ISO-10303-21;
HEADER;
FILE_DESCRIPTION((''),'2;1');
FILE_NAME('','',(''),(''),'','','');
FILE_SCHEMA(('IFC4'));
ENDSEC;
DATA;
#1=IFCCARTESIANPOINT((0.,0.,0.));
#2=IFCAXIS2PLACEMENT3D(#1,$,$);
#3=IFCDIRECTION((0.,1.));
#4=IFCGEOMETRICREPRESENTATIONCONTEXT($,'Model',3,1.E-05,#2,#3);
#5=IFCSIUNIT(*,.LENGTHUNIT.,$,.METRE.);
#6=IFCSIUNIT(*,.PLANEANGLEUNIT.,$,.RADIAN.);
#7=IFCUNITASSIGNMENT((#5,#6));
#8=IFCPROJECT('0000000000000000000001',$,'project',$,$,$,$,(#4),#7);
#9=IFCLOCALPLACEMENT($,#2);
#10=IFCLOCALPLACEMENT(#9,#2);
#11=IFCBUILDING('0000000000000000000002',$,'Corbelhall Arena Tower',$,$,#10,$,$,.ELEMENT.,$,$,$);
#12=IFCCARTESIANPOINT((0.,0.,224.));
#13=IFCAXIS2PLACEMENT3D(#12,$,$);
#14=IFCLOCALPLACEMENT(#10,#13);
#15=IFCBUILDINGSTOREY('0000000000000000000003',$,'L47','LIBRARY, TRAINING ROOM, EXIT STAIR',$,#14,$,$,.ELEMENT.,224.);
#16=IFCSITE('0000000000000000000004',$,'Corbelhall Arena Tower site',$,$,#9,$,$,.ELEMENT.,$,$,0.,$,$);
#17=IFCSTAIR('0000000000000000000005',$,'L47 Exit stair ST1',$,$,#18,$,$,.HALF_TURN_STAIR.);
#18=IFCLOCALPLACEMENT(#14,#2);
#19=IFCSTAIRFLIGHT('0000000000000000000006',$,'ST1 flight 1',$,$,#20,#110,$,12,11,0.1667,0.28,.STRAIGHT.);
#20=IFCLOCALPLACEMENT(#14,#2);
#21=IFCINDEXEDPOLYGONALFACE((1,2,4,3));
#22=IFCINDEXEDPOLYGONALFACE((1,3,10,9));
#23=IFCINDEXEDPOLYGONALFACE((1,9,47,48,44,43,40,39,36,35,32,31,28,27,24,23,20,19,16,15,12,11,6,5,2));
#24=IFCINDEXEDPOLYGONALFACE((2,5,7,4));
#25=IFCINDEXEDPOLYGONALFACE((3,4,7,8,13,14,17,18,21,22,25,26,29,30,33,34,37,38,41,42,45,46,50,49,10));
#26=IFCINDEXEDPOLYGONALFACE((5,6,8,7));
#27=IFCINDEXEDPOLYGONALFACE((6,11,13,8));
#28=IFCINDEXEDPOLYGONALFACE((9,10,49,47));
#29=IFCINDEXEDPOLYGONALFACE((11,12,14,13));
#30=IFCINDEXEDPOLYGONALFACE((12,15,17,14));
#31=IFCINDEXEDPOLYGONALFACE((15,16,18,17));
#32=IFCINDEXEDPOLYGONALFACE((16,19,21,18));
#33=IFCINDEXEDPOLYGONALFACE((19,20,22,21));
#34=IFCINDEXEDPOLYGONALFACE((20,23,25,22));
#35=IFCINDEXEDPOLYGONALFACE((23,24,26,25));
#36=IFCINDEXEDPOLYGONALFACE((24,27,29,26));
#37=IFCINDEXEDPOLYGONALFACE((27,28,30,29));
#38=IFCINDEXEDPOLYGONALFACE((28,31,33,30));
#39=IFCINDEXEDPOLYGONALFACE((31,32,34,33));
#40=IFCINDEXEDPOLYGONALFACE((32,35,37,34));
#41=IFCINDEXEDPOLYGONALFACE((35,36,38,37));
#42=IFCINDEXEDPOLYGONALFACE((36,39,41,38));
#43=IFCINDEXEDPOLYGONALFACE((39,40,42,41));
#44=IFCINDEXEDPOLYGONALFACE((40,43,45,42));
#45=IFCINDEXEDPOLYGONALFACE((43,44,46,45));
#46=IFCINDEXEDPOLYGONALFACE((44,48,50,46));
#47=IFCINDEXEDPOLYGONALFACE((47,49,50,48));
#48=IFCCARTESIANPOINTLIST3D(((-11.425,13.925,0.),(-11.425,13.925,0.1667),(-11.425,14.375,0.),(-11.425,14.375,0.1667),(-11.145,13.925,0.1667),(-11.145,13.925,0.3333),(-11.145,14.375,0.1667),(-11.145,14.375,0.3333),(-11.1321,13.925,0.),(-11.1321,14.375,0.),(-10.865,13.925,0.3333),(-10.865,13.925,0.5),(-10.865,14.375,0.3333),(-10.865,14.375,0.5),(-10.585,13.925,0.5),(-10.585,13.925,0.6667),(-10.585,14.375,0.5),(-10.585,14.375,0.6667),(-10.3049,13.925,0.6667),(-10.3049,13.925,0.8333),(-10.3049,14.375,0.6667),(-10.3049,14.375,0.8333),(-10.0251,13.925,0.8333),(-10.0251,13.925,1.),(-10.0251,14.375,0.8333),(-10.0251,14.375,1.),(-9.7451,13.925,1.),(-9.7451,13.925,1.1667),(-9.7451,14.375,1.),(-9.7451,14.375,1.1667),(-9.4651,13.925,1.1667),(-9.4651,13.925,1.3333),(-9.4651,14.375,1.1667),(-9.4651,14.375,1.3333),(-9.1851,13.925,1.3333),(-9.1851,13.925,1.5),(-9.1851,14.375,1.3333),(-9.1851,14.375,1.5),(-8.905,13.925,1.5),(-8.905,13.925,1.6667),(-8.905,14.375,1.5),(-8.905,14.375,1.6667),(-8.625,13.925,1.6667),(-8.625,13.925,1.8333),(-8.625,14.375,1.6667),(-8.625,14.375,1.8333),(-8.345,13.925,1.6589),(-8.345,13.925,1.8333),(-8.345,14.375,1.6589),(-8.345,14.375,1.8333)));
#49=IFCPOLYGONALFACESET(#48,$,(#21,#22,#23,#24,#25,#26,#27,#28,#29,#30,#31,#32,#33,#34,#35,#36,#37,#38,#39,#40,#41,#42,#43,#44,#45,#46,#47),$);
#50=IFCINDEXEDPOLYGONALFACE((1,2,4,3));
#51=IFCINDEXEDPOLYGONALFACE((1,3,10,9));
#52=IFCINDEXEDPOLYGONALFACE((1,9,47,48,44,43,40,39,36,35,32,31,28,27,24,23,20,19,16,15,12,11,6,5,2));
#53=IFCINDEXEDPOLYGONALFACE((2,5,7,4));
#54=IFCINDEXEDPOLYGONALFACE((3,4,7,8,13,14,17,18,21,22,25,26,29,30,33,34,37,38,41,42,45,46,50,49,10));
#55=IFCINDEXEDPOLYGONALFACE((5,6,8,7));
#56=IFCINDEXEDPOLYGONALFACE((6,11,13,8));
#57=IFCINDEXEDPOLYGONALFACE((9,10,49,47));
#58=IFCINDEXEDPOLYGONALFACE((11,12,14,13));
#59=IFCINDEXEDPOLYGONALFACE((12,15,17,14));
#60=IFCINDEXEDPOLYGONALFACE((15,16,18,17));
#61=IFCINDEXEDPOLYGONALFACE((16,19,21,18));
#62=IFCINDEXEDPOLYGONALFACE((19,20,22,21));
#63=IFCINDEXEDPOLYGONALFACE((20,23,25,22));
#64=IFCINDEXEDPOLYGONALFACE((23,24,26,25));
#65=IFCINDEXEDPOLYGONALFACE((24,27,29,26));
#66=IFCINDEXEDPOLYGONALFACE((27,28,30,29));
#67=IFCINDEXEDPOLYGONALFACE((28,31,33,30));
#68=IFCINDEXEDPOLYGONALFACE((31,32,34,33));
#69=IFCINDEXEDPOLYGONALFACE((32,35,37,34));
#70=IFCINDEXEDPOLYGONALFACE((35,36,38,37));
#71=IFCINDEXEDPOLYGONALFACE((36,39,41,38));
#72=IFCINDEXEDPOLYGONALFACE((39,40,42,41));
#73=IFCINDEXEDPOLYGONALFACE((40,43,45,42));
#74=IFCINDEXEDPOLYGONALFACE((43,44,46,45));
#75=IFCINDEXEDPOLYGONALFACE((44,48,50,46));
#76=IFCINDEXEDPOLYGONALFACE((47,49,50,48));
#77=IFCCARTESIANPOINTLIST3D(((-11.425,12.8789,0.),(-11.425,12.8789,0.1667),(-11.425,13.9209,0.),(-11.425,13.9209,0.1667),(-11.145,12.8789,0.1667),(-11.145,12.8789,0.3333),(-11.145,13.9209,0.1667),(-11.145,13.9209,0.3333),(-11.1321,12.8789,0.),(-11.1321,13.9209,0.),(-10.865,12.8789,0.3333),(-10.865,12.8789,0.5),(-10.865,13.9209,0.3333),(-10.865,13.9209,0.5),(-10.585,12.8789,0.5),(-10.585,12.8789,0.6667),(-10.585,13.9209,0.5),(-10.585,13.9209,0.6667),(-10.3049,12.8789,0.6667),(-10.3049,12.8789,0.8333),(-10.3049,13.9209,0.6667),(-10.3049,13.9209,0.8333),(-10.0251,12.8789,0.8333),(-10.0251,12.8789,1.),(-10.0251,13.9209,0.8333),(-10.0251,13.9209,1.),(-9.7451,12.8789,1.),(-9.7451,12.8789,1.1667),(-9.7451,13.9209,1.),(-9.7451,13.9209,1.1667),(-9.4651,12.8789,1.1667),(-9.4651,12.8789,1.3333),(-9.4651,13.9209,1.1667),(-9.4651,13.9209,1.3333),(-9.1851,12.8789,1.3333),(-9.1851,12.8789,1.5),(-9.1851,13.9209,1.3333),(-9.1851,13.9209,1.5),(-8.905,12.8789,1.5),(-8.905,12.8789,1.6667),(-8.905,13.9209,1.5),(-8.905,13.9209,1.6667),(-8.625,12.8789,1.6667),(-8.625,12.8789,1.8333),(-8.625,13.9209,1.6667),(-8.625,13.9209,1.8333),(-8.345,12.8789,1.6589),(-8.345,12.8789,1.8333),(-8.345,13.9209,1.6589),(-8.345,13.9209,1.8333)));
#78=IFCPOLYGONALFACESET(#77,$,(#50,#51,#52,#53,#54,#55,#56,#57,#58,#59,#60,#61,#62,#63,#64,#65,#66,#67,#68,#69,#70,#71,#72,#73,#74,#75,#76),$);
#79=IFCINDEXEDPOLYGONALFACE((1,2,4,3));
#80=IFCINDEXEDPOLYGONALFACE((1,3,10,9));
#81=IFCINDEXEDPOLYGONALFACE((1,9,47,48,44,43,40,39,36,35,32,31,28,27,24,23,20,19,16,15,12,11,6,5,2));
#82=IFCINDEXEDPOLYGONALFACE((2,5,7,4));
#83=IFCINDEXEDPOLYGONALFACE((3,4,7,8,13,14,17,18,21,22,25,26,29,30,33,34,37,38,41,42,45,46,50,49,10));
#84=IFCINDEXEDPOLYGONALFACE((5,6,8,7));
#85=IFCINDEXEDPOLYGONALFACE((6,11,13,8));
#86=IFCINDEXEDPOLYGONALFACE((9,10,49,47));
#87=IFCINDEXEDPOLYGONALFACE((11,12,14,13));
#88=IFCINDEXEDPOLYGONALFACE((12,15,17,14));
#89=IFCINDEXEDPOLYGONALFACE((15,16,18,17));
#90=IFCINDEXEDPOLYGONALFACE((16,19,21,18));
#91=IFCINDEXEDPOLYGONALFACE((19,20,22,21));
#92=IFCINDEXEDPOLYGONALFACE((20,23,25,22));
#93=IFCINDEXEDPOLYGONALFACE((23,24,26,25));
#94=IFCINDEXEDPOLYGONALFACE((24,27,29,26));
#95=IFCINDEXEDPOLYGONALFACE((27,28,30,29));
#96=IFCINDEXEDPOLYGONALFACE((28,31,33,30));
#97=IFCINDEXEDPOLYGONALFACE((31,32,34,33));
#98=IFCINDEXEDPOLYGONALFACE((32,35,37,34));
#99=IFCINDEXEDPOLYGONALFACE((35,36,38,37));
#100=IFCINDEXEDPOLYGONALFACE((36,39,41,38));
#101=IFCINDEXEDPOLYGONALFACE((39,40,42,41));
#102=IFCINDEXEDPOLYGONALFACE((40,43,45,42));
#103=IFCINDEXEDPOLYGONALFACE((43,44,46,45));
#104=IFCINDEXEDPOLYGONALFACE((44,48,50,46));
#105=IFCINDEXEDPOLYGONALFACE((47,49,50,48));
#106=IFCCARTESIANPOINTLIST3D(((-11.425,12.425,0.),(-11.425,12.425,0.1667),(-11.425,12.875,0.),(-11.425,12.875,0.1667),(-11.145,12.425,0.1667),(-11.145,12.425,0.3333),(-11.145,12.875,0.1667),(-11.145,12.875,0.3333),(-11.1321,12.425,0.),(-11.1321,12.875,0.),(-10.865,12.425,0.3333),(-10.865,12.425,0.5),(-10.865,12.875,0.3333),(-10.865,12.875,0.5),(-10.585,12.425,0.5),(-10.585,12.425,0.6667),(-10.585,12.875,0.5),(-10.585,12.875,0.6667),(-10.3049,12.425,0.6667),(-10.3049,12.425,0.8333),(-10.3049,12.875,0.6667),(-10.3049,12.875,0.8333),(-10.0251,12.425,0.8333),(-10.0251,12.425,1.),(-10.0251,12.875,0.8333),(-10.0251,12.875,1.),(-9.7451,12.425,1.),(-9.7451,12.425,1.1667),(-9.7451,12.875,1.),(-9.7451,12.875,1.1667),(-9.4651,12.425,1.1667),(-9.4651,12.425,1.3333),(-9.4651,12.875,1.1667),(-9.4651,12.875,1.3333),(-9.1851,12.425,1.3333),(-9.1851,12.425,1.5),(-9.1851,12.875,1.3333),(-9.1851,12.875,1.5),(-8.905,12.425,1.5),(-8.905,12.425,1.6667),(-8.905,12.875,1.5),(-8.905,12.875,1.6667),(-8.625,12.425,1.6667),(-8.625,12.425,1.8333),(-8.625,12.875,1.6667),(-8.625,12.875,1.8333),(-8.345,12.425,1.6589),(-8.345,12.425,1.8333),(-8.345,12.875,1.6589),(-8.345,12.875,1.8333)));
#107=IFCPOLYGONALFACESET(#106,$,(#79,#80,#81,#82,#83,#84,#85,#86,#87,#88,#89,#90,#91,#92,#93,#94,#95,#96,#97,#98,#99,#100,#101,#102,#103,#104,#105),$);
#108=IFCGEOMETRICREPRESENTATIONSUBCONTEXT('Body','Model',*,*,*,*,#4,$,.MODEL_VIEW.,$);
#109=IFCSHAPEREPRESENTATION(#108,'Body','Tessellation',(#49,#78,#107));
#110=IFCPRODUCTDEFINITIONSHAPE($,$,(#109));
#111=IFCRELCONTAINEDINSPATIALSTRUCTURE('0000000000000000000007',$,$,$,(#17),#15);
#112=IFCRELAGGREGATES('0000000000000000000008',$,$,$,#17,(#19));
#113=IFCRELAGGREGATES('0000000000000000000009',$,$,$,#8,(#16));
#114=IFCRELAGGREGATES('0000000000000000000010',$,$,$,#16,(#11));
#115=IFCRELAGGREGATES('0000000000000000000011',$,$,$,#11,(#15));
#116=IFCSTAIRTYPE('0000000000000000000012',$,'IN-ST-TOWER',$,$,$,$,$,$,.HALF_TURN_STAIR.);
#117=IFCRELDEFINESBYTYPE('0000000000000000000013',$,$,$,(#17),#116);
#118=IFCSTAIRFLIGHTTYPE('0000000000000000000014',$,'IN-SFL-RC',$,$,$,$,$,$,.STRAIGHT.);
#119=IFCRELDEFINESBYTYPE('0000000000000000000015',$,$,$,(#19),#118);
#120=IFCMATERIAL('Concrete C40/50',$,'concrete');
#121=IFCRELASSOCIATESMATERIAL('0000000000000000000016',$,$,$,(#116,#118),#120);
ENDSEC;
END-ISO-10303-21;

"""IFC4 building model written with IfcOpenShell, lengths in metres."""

from ifc_helpers import new_model, si_unit, direction, frame, origin, place, context, subcontext, project, spatial, polyline, outline, extrude, material, type_object, element, aggregate, save


model = new_model("IFC4")

# Units and contexts
model_context = context("Model", 3, precision=1e-05, world=origin(), true_north=direction((0.0, 1.0)))
body_context = subcontext(model_context, "Body", "Model", "MODEL_VIEW")
ifc_project = project(units=[si_unit("LENGTHUNIT", "METRE"), si_unit("PLANEANGLEUNIT", "RADIAN")], contexts=[model_context])

# Site, building, storey
site_placement = place(None, origin())
site = spatial("IfcSite", under=ifc_project, at=site_placement, Name="Corbelhall Arena Tower site", CompositionType="ELEMENT", RefElevation=0.0)
building_placement = place(site_placement, origin())
building = spatial("IfcBuilding", under=site, at=building_placement, Name="Corbelhall Arena Tower", CompositionType="ELEMENT")
storey_placement = place(building_placement, frame((0.0, 0.0, 224.0)))
storey = spatial("IfcBuildingStorey", under=building, at=storey_placement, Name="L47", Description="LIBRARY, TRAINING ROOM, EXIT STAIR", CompositionType="ELEMENT", Elevation=224.0)

# Shared definitions
ifc_material_1 = material(Name="Concrete C40/50", Category="concrete")

# Stair, stair flight
stair_type = type_object("IfcStairType", Name="IN-ST-TOWER", PredefinedType="HALF_TURN_STAIR", material=ifc_material_1)
stair_placement = place(storey_placement, origin())
stair = element("IfcStair", 1, at=stair_placement, inside=storey, type_object=stair_type, Name="L47 Exit stair ST1", PredefinedType="HALF_TURN_STAIR")
stair_flight_type = type_object("IfcStairFlightType", Name="IN-SFL-RC", PredefinedType="STRAIGHT", material=ifc_material_1)
stair_flight_placement = place(storey_placement, frame((-11.425, 13.3999, 0.0), z_axis=(0.0, 0.0, 1.0), x_axis=(1.0, 0.0, 0.0)))
stair_flight = element("IfcStairFlight", 2, at=stair_flight_placement, type_object=stair_flight_type, Name="ST1 flight 1", NumberOfRisers=12, NumberOfTreads=11, PredefinedType="STRAIGHT", RiserHeight=0.1667, TreadLength=0.28, context=body_context, shape_type="SweptSolid", body=[
    extrude(outline(polyline([(0.0, 0.0), (0.0, 0.1667), (0.28, 0.1667), (0.28, 0.3333), (0.5601, 0.3333), (0.5601, 0.5), (0.8401, 0.5), (0.8401, 0.6667), (1.1201, 0.6667), (1.1201, 0.8333), (1.3999, 0.8333), (1.3999, 1.0), (1.6799, 1.0), (1.6799, 1.1667), (1.96, 1.1667), (1.96, 1.3333), (2.24, 1.3333), (2.24, 1.5), (2.52, 1.5), (2.52, 1.6667), (2.8, 1.6667), (2.8, 1.8333), (3.0801, 1.8333), (3.0801, 2.0), (3.0801, 1.6589), (0.293, 0.0), (0.0, 0.0)])), frame((0.0, 0.9751, 0.0), z_axis=(0.0, -1.0, 0.0), x_axis=(1.0, 0.0, 0.0)), (0.0, 0.0, 1.0), 0.45),
    extrude(outline(polyline([(0.0, 0.0), (0.0, 0.1667), (0.28, 0.1667), (0.28, 0.3333), (0.5601, 0.3333), (0.5601, 0.5), (0.8401, 0.5), (0.8401, 0.6667), (1.1201, 0.6667), (1.1201, 0.8333), (1.3999, 0.8333), (1.3999, 1.0), (1.6799, 1.0), (1.6799, 1.1667), (1.96, 1.1667), (1.96, 1.3333), (2.24, 1.3333), (2.24, 1.5), (2.52, 1.5), (2.52, 1.6667), (2.8, 1.6667), (2.8, 1.8333), (3.0801, 1.8333), (3.0801, 2.0), (3.0801, 1.6589), (0.293, 0.0), (0.0, 0.0)])), frame((0.0, 0.521, 0.0), z_axis=(0.0, -1.0, 0.0), x_axis=(1.0, 0.0, 0.0)), (0.0, 0.0, 1.0), 1.042),
    extrude(outline(polyline([(0.0, 0.0), (0.0, 0.1667), (0.28, 0.1667), (0.28, 0.3333), (0.5601, 0.3333), (0.5601, 0.5), (0.8401, 0.5), (0.8401, 0.6667), (1.1201, 0.6667), (1.1201, 0.8333), (1.3999, 0.8333), (1.3999, 1.0), (1.6799, 1.0), (1.6799, 1.1667), (1.96, 1.1667), (1.96, 1.3333), (2.24, 1.3333), (2.24, 1.5), (2.52, 1.5), (2.52, 1.6667), (2.8, 1.6667), (2.8, 1.8333), (3.0801, 1.8333), (3.0801, 2.0), (3.0801, 1.6589), (0.293, 0.0), (0.0, 0.0)])), frame((0.0, -0.5249, 0.0), z_axis=(0.0, -1.0, 0.0), x_axis=(1.0, 0.0, 0.0)), (0.0, 0.0, 1.0), 0.45),
])
aggregate(stair, [stair_flight])

save(model, "model.ifc")
